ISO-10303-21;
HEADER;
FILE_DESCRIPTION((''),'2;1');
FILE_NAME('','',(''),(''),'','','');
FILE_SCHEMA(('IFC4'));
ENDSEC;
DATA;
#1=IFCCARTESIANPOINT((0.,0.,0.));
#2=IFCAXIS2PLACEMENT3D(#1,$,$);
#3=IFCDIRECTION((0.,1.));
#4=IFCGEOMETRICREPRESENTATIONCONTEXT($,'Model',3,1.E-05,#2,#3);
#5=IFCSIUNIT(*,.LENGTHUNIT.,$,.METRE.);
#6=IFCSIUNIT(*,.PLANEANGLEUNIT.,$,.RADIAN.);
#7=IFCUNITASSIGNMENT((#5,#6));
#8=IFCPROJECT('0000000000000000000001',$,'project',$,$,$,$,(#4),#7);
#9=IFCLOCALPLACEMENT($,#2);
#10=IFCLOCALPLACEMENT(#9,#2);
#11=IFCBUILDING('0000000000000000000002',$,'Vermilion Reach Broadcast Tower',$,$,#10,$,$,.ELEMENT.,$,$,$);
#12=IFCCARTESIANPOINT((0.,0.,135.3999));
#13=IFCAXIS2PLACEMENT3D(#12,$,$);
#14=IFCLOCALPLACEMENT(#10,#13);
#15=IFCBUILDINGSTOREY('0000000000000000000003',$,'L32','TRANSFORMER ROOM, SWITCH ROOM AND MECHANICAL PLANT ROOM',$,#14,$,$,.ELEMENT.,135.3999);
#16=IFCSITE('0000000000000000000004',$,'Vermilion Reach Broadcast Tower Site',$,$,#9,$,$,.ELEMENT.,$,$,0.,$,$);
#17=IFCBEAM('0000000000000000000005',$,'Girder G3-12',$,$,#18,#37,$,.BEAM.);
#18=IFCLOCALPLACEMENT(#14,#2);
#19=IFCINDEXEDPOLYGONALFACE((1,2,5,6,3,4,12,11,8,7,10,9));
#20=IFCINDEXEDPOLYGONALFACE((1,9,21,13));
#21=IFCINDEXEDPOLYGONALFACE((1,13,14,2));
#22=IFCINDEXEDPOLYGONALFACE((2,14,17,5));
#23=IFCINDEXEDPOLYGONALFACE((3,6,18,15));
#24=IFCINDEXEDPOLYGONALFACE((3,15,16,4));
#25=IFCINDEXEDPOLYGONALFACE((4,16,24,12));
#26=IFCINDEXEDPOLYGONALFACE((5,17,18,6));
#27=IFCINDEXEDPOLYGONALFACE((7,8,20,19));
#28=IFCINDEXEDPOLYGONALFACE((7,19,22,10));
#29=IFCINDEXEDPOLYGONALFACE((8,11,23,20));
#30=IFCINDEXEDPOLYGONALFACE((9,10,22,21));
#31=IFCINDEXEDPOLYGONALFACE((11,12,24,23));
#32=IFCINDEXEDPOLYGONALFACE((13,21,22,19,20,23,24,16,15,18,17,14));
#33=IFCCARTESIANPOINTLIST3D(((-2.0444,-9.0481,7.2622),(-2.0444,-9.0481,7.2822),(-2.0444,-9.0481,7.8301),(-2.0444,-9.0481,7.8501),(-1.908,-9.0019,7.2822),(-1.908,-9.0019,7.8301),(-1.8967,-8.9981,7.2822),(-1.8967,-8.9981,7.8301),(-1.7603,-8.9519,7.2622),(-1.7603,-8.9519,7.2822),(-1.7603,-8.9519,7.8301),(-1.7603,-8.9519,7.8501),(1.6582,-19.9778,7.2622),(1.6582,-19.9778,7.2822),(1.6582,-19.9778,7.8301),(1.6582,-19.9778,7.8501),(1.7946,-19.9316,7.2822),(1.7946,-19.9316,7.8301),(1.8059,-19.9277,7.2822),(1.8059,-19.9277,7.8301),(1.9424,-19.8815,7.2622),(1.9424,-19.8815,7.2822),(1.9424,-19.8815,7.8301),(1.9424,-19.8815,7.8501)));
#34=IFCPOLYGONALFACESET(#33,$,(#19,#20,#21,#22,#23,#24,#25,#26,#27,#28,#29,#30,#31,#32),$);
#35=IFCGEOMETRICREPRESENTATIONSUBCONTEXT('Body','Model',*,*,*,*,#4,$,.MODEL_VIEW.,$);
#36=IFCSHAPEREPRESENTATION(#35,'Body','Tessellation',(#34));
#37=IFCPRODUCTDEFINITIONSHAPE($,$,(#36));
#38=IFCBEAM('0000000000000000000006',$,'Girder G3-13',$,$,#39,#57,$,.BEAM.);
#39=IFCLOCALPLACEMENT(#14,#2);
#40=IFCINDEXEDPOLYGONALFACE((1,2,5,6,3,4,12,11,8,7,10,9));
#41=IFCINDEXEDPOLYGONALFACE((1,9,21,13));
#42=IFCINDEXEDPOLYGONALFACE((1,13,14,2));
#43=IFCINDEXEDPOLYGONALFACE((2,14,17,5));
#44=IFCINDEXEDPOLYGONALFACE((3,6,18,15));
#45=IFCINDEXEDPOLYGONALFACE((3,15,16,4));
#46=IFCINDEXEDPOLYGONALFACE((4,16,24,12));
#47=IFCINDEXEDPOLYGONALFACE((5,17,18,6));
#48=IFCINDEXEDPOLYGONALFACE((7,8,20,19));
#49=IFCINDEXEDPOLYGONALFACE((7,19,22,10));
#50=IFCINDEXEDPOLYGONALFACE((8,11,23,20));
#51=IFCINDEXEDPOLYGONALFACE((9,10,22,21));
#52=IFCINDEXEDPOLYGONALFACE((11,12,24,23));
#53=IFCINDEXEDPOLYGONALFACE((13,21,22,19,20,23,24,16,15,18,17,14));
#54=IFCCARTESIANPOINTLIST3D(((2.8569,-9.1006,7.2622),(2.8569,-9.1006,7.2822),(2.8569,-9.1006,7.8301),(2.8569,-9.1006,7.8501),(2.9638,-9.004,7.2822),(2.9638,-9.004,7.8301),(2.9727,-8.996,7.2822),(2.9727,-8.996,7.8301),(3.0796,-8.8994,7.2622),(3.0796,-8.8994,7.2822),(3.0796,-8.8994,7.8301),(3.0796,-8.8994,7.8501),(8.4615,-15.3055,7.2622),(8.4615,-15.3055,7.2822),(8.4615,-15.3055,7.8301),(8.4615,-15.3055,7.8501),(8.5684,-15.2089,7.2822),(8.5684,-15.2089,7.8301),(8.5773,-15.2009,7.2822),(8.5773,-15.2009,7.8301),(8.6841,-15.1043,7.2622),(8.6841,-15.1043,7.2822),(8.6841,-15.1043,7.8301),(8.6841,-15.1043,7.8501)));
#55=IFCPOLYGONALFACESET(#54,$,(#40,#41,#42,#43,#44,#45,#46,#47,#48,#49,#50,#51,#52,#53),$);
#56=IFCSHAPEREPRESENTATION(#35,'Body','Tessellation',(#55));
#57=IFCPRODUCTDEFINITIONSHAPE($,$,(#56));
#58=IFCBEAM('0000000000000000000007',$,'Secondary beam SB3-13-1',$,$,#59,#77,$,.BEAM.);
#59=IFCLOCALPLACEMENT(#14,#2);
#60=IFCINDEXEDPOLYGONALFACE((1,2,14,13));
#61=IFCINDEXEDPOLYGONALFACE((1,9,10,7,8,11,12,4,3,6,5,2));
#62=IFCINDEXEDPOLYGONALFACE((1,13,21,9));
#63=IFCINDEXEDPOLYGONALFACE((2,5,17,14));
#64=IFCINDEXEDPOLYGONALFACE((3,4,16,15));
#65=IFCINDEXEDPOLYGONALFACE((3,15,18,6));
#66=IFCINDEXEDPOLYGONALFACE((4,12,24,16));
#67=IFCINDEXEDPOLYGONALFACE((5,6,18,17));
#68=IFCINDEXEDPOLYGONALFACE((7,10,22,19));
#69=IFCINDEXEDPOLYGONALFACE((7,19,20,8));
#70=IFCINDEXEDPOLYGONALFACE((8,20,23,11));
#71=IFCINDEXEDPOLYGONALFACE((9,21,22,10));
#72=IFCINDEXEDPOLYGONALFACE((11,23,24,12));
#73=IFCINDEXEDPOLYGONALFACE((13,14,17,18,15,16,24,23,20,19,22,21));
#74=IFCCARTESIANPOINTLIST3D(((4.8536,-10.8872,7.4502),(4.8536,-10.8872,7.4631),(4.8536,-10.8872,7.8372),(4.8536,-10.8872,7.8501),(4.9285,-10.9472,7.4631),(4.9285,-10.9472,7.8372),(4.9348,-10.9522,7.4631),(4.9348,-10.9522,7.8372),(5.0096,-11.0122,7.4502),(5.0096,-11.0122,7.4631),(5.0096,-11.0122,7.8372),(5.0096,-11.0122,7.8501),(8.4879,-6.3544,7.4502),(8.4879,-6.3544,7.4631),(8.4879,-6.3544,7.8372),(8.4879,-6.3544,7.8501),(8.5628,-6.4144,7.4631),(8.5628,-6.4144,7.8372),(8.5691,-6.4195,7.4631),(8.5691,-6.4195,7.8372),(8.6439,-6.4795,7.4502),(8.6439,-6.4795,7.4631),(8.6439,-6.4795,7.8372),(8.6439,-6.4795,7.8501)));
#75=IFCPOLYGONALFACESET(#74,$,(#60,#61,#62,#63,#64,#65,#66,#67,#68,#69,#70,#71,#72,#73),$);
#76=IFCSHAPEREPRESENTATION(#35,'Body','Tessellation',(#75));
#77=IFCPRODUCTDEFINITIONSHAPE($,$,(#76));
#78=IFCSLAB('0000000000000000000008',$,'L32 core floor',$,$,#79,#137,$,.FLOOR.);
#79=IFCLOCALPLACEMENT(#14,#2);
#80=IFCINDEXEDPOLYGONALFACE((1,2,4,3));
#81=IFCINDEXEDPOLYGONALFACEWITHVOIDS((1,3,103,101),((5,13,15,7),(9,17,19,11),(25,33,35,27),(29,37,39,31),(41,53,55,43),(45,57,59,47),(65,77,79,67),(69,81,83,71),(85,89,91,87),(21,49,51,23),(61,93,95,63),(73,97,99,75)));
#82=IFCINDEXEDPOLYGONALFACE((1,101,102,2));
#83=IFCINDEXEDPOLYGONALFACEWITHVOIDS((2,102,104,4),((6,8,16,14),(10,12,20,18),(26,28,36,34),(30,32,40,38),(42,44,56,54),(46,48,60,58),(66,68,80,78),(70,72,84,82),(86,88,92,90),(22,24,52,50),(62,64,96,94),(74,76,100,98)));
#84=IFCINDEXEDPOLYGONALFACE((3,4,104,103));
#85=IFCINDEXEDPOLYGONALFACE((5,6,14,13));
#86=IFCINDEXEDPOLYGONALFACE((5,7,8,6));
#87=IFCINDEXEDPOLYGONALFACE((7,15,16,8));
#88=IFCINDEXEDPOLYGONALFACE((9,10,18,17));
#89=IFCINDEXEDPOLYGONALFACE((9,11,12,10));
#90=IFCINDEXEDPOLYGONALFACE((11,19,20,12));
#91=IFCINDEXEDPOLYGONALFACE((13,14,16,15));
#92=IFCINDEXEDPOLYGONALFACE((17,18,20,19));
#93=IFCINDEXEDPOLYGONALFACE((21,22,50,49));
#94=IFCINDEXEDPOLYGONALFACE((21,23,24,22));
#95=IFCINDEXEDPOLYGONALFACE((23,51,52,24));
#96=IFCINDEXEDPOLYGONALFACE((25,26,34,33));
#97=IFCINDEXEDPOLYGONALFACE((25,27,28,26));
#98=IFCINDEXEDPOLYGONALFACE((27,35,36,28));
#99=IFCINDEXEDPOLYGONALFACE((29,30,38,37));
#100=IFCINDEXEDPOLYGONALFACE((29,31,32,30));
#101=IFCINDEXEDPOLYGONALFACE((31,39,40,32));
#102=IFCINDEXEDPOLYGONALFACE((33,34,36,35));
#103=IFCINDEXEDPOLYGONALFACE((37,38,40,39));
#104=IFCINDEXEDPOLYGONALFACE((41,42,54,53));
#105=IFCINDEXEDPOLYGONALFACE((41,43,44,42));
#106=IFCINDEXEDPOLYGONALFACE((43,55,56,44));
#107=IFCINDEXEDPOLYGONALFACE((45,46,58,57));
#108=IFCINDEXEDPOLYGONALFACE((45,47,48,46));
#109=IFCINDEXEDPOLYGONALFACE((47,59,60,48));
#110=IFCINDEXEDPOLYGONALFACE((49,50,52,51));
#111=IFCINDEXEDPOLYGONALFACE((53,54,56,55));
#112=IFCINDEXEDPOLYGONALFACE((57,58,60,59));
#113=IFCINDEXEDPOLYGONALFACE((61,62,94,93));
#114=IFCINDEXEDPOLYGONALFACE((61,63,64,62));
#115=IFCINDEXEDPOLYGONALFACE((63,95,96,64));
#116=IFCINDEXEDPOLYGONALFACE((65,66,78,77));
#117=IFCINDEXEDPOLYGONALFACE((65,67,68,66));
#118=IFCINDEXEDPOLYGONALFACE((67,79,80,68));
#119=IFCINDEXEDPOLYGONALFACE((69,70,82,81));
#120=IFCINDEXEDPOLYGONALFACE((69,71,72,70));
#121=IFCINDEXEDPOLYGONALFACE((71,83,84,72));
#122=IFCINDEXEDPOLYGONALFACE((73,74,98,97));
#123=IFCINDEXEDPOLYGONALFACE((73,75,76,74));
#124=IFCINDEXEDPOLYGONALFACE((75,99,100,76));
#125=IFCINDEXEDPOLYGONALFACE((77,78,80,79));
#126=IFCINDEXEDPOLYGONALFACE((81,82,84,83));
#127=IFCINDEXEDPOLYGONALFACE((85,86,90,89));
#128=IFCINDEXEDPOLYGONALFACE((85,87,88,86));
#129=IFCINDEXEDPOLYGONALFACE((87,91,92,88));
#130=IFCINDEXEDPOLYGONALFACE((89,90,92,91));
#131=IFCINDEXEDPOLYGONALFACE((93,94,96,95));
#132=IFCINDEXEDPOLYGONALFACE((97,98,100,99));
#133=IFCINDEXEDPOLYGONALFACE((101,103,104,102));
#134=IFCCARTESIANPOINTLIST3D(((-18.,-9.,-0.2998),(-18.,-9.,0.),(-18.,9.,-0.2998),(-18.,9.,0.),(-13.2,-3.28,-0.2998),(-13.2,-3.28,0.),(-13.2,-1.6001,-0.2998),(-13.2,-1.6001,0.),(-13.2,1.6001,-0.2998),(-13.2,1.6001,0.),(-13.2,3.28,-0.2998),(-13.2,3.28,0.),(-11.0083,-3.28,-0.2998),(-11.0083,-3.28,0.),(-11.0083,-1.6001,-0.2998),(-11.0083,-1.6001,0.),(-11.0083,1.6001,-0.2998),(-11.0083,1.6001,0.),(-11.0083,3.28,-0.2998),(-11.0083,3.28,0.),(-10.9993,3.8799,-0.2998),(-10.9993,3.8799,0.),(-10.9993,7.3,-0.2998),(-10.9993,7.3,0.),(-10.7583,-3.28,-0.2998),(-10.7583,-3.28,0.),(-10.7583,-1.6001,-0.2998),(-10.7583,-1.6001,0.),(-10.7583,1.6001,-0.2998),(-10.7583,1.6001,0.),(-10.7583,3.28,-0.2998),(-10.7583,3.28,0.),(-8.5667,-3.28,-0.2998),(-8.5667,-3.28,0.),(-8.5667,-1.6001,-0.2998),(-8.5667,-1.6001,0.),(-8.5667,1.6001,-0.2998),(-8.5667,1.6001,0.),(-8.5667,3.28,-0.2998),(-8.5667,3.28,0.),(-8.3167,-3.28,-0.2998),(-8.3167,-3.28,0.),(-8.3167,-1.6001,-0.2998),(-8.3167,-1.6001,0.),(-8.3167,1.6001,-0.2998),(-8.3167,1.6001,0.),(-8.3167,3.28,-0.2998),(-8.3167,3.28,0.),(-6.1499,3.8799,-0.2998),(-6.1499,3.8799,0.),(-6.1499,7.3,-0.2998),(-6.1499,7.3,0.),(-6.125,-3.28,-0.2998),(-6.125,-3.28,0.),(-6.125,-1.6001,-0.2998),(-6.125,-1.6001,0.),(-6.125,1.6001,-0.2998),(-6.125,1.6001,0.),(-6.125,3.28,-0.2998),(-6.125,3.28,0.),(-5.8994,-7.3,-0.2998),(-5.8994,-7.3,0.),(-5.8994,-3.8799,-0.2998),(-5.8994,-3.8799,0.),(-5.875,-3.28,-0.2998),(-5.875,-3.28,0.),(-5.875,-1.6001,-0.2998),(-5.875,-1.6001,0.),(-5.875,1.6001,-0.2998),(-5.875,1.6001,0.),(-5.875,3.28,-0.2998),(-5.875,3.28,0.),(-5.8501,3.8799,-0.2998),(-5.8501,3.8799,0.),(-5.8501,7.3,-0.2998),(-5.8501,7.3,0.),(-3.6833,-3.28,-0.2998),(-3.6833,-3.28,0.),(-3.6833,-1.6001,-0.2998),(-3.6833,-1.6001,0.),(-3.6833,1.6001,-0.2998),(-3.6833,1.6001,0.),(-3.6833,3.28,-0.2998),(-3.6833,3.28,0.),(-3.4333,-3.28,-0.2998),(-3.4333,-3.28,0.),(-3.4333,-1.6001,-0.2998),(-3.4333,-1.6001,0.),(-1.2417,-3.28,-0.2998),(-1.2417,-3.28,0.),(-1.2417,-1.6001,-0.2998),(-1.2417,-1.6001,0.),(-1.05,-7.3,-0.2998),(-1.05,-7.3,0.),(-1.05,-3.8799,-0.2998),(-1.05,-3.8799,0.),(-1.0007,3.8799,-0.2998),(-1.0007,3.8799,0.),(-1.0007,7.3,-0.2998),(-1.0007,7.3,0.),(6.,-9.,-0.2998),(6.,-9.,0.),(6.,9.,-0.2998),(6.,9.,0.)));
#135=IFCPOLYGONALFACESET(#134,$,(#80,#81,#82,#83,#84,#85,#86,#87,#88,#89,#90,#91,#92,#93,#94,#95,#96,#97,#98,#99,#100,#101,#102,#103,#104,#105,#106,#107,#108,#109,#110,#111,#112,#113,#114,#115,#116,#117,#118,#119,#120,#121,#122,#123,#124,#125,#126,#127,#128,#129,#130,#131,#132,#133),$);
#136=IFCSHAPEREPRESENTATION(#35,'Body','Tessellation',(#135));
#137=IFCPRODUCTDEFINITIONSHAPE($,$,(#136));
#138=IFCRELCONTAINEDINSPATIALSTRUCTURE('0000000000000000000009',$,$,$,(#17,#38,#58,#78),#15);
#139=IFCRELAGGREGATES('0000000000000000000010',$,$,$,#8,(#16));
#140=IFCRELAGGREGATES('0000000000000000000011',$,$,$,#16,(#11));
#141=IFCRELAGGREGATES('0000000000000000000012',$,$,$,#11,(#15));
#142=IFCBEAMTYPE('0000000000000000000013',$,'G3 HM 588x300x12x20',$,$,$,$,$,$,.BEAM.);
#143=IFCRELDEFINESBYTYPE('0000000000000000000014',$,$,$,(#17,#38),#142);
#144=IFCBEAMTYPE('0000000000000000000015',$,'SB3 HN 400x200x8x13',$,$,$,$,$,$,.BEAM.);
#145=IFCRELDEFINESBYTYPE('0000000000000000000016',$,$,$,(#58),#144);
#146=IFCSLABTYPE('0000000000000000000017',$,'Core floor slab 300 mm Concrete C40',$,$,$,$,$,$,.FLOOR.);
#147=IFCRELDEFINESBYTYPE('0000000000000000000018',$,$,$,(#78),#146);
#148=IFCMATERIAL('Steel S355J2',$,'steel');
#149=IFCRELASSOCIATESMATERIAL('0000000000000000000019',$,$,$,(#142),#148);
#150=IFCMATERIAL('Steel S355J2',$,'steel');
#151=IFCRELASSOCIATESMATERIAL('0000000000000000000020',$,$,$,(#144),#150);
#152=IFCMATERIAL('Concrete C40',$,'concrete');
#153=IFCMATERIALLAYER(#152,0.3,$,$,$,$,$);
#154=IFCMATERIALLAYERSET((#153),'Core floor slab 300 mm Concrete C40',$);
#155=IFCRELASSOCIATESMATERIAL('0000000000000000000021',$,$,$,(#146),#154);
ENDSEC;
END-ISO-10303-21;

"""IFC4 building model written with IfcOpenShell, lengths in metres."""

from ifc_helpers import new_model, si_unit, direction, frame, origin, origin_2d, place, context, subcontext, project, spatial, polyline, i_section, outline, extrude, material, layer, layer_set, material_profile, profile_set, type_object, element, save


model = new_model("IFC4")

# Units and contexts
model_context = context("Model", 3, precision=1e-05, world=origin(), true_north=direction((0.0, 1.0)))
body_context = subcontext(model_context, "Body", "Model", "MODEL_VIEW")
ifc_project = project(units=[si_unit("LENGTHUNIT", "METRE"), si_unit("PLANEANGLEUNIT", "RADIAN")], contexts=[model_context])

# Site, building, storey
site_placement = place(None, origin())
site = spatial("IfcSite", under=ifc_project, at=site_placement, Name="Vermilion Reach Broadcast Tower Site", CompositionType="ELEMENT", RefElevation=0.0)
building_placement = place(site_placement, origin())
building = spatial("IfcBuilding", under=site, at=building_placement, Name="Vermilion Reach Broadcast Tower", CompositionType="ELEMENT")
storey_placement = place(building_placement, frame((0.0, 0.0, 135.3999)))
storey = spatial("IfcBuildingStorey", under=building, at=storey_placement, Name="L32", Description="TRANSFORMER ROOM, SWITCH ROOM AND MECHANICAL PLANT ROOM", CompositionType="ELEMENT", Elevation=135.3999)

# Beams
ifc_material_1 = material(Name="Steel S355J2", Category="steel")
ifc_material_profile_1 = material_profile(ifc_material_1, i_section(OverallWidth=0.3, OverallDepth=0.5879, WebThickness=0.012, FlangeThickness=0.02, at=origin_2d()), Name="S355J2 HM 588x300x12x20")
ifc_profile_set_1 = profile_set([ifc_material_profile_1], Name="Steel S355J2")
beam_type_1 = type_object("IfcBeamType", Name="G3 HM 588x300x12x20", PredefinedType="BEAM", material=ifc_profile_set_1)
beam_1_placement = place(storey_placement, frame((-1.9023, -9.0, 7.5562), z_axis=(0.320857, -0.947128, 0.0), x_axis=(0.947128, 0.320857, 0.0)))
element("IfcBeam", 1, at=beam_1_placement, inside=storey, type_object=beam_type_1, Name="Girder G3-12", PredefinedType="BEAM", context=body_context, shape_type="SweptSolid", body=[
    extrude(i_section(OverallWidth=0.3, OverallDepth=0.5879, WebThickness=0.012, FlangeThickness=0.02, at=origin_2d()), origin(), (0.0, 0.0, 1.0), 11.5398),
])
beam_2_placement = place(storey_placement, frame((2.9683, -9.0, 7.5562), z_axis=(0.670295, -0.742095, 0.0), x_axis=(0.742095, 0.670295, 0.0)))
element("IfcBeam", 2, at=beam_2_placement, inside=storey, type_object=beam_type_1, Name="Girder G3-13", PredefinedType="BEAM", context=body_context, shape_type="SweptSolid", body=[
    extrude(i_section(OverallWidth=0.3, OverallDepth=0.5879, WebThickness=0.012, FlangeThickness=0.02, at=origin_2d()), origin(), (0.0, 0.0, 1.0), 8.3613),
])
ifc_material_2 = material(Name="Steel S355J2", Category="steel")
ifc_material_profile_2 = material_profile(ifc_material_2, i_section(OverallWidth=0.2, OverallDepth=0.3999, WebThickness=0.0081, FlangeThickness=0.0129, at=origin_2d()), Name="S355J2 HN 400x200x8x13")
ifc_profile_set_2 = profile_set([ifc_material_profile_2], Name="Steel S355J2")
beam_type_2 = type_object("IfcBeamType", Name="SB3 HN 400x200x8x13", PredefinedType="BEAM", material=ifc_profile_set_2)
beam_3_placement = place(storey_placement, frame((4.9316, -10.9497, 7.6501), z_axis=(0.625545, 0.780188, 0.0), x_axis=(-0.780188, 0.625545, 0.0)))
element("IfcBeam", 3, at=beam_3_placement, inside=storey, type_object=beam_type_2, Name="Secondary beam SB3-13-1", PredefinedType="BEAM", context=body_context, shape_type="SweptSolid", body=[
    extrude(i_section(OverallWidth=0.2, OverallDepth=0.3999, WebThickness=0.0081, FlangeThickness=0.0129, at=origin_2d()), origin(), (0.0, 0.0, 1.0), 5.8098),
])

# Slab
ifc_material_3 = material(Name="Concrete C40", Category="concrete")
ifc_layer_1 = layer(ifc_material_3, 0.3)
ifc_layer_set_1 = layer_set([ifc_layer_1], Name="Core floor slab 300 mm Concrete C40")
slab_type_1 = type_object("IfcSlabType", Name="Core floor slab 300 mm Concrete C40", PredefinedType="FLOOR", material=ifc_layer_set_1)
slab_1_placement = place(storey_placement, frame((0.0, 0.0, -0.2998)))
element("IfcSlab", 4, at=slab_1_placement, inside=storey, type_object=slab_type_1, Name="L32 core floor", PredefinedType="FLOOR", context=body_context, shape_type="SweptSolid", body=[
    extrude(outline(polyline([(-18.0, -9.0), (6.0, -9.0), (6.0, 9.0), (-18.0, 9.0), (-18.0, -9.0)]), holes=[polyline([(-13.2, 1.6001), (-11.0083, 1.6001), (-11.0083, 3.28), (-13.2, 3.28), (-13.2, 1.6001)]), polyline([(-10.7583, 1.6001), (-8.5667, 1.6001), (-8.5667, 3.28), (-10.7583, 3.28), (-10.7583, 1.6001)]), polyline([(-8.3167, 1.6001), (-6.125, 1.6001), (-6.125, 3.28), (-8.3167, 3.28), (-8.3167, 1.6001)]), polyline([(-5.875, 1.6001), (-3.6833, 1.6001), (-3.6833, 3.28), (-5.875, 3.28), (-5.875, 1.6001)]), polyline([(-13.2, -3.28), (-11.0083, -3.28), (-11.0083, -1.6001), (-13.2, -1.6001), (-13.2, -3.28)]), polyline([(-10.7583, -3.28), (-8.5667, -3.28), (-8.5667, -1.6001), (-10.7583, -1.6001), (-10.7583, -3.28)]), polyline([(-8.3167, -3.28), (-6.125, -3.28), (-6.125, -1.6001), (-8.3167, -1.6001), (-8.3167, -3.28)]), polyline([(-5.875, -3.28), (-3.6833, -3.28), (-3.6833, -1.6001), (-5.875, -1.6001), (-5.875, -3.28)]), polyline([(-3.4333, -3.28), (-1.2417, -3.28), (-1.2417, -1.6001), (-3.4333, -1.6001), (-3.4333, -3.28)]), polyline([(-10.9993, 3.8799), (-6.1499, 3.8799), (-6.1499, 7.3), (-10.9993, 7.3), (-10.9993, 3.8799)]), polyline([(-1.0007, 7.3), (-5.8501, 7.3), (-5.8501, 3.8799), (-1.0007, 3.8799), (-1.0007, 7.3)]), polyline([(-5.8994, -7.3), (-1.05, -7.3), (-1.05, -3.8799), (-5.8994, -3.8799), (-5.8994, -7.3)])]), origin(), (0.0, 0.0, 1.0), 0.2998),
])

save(model, "model.ifc")
